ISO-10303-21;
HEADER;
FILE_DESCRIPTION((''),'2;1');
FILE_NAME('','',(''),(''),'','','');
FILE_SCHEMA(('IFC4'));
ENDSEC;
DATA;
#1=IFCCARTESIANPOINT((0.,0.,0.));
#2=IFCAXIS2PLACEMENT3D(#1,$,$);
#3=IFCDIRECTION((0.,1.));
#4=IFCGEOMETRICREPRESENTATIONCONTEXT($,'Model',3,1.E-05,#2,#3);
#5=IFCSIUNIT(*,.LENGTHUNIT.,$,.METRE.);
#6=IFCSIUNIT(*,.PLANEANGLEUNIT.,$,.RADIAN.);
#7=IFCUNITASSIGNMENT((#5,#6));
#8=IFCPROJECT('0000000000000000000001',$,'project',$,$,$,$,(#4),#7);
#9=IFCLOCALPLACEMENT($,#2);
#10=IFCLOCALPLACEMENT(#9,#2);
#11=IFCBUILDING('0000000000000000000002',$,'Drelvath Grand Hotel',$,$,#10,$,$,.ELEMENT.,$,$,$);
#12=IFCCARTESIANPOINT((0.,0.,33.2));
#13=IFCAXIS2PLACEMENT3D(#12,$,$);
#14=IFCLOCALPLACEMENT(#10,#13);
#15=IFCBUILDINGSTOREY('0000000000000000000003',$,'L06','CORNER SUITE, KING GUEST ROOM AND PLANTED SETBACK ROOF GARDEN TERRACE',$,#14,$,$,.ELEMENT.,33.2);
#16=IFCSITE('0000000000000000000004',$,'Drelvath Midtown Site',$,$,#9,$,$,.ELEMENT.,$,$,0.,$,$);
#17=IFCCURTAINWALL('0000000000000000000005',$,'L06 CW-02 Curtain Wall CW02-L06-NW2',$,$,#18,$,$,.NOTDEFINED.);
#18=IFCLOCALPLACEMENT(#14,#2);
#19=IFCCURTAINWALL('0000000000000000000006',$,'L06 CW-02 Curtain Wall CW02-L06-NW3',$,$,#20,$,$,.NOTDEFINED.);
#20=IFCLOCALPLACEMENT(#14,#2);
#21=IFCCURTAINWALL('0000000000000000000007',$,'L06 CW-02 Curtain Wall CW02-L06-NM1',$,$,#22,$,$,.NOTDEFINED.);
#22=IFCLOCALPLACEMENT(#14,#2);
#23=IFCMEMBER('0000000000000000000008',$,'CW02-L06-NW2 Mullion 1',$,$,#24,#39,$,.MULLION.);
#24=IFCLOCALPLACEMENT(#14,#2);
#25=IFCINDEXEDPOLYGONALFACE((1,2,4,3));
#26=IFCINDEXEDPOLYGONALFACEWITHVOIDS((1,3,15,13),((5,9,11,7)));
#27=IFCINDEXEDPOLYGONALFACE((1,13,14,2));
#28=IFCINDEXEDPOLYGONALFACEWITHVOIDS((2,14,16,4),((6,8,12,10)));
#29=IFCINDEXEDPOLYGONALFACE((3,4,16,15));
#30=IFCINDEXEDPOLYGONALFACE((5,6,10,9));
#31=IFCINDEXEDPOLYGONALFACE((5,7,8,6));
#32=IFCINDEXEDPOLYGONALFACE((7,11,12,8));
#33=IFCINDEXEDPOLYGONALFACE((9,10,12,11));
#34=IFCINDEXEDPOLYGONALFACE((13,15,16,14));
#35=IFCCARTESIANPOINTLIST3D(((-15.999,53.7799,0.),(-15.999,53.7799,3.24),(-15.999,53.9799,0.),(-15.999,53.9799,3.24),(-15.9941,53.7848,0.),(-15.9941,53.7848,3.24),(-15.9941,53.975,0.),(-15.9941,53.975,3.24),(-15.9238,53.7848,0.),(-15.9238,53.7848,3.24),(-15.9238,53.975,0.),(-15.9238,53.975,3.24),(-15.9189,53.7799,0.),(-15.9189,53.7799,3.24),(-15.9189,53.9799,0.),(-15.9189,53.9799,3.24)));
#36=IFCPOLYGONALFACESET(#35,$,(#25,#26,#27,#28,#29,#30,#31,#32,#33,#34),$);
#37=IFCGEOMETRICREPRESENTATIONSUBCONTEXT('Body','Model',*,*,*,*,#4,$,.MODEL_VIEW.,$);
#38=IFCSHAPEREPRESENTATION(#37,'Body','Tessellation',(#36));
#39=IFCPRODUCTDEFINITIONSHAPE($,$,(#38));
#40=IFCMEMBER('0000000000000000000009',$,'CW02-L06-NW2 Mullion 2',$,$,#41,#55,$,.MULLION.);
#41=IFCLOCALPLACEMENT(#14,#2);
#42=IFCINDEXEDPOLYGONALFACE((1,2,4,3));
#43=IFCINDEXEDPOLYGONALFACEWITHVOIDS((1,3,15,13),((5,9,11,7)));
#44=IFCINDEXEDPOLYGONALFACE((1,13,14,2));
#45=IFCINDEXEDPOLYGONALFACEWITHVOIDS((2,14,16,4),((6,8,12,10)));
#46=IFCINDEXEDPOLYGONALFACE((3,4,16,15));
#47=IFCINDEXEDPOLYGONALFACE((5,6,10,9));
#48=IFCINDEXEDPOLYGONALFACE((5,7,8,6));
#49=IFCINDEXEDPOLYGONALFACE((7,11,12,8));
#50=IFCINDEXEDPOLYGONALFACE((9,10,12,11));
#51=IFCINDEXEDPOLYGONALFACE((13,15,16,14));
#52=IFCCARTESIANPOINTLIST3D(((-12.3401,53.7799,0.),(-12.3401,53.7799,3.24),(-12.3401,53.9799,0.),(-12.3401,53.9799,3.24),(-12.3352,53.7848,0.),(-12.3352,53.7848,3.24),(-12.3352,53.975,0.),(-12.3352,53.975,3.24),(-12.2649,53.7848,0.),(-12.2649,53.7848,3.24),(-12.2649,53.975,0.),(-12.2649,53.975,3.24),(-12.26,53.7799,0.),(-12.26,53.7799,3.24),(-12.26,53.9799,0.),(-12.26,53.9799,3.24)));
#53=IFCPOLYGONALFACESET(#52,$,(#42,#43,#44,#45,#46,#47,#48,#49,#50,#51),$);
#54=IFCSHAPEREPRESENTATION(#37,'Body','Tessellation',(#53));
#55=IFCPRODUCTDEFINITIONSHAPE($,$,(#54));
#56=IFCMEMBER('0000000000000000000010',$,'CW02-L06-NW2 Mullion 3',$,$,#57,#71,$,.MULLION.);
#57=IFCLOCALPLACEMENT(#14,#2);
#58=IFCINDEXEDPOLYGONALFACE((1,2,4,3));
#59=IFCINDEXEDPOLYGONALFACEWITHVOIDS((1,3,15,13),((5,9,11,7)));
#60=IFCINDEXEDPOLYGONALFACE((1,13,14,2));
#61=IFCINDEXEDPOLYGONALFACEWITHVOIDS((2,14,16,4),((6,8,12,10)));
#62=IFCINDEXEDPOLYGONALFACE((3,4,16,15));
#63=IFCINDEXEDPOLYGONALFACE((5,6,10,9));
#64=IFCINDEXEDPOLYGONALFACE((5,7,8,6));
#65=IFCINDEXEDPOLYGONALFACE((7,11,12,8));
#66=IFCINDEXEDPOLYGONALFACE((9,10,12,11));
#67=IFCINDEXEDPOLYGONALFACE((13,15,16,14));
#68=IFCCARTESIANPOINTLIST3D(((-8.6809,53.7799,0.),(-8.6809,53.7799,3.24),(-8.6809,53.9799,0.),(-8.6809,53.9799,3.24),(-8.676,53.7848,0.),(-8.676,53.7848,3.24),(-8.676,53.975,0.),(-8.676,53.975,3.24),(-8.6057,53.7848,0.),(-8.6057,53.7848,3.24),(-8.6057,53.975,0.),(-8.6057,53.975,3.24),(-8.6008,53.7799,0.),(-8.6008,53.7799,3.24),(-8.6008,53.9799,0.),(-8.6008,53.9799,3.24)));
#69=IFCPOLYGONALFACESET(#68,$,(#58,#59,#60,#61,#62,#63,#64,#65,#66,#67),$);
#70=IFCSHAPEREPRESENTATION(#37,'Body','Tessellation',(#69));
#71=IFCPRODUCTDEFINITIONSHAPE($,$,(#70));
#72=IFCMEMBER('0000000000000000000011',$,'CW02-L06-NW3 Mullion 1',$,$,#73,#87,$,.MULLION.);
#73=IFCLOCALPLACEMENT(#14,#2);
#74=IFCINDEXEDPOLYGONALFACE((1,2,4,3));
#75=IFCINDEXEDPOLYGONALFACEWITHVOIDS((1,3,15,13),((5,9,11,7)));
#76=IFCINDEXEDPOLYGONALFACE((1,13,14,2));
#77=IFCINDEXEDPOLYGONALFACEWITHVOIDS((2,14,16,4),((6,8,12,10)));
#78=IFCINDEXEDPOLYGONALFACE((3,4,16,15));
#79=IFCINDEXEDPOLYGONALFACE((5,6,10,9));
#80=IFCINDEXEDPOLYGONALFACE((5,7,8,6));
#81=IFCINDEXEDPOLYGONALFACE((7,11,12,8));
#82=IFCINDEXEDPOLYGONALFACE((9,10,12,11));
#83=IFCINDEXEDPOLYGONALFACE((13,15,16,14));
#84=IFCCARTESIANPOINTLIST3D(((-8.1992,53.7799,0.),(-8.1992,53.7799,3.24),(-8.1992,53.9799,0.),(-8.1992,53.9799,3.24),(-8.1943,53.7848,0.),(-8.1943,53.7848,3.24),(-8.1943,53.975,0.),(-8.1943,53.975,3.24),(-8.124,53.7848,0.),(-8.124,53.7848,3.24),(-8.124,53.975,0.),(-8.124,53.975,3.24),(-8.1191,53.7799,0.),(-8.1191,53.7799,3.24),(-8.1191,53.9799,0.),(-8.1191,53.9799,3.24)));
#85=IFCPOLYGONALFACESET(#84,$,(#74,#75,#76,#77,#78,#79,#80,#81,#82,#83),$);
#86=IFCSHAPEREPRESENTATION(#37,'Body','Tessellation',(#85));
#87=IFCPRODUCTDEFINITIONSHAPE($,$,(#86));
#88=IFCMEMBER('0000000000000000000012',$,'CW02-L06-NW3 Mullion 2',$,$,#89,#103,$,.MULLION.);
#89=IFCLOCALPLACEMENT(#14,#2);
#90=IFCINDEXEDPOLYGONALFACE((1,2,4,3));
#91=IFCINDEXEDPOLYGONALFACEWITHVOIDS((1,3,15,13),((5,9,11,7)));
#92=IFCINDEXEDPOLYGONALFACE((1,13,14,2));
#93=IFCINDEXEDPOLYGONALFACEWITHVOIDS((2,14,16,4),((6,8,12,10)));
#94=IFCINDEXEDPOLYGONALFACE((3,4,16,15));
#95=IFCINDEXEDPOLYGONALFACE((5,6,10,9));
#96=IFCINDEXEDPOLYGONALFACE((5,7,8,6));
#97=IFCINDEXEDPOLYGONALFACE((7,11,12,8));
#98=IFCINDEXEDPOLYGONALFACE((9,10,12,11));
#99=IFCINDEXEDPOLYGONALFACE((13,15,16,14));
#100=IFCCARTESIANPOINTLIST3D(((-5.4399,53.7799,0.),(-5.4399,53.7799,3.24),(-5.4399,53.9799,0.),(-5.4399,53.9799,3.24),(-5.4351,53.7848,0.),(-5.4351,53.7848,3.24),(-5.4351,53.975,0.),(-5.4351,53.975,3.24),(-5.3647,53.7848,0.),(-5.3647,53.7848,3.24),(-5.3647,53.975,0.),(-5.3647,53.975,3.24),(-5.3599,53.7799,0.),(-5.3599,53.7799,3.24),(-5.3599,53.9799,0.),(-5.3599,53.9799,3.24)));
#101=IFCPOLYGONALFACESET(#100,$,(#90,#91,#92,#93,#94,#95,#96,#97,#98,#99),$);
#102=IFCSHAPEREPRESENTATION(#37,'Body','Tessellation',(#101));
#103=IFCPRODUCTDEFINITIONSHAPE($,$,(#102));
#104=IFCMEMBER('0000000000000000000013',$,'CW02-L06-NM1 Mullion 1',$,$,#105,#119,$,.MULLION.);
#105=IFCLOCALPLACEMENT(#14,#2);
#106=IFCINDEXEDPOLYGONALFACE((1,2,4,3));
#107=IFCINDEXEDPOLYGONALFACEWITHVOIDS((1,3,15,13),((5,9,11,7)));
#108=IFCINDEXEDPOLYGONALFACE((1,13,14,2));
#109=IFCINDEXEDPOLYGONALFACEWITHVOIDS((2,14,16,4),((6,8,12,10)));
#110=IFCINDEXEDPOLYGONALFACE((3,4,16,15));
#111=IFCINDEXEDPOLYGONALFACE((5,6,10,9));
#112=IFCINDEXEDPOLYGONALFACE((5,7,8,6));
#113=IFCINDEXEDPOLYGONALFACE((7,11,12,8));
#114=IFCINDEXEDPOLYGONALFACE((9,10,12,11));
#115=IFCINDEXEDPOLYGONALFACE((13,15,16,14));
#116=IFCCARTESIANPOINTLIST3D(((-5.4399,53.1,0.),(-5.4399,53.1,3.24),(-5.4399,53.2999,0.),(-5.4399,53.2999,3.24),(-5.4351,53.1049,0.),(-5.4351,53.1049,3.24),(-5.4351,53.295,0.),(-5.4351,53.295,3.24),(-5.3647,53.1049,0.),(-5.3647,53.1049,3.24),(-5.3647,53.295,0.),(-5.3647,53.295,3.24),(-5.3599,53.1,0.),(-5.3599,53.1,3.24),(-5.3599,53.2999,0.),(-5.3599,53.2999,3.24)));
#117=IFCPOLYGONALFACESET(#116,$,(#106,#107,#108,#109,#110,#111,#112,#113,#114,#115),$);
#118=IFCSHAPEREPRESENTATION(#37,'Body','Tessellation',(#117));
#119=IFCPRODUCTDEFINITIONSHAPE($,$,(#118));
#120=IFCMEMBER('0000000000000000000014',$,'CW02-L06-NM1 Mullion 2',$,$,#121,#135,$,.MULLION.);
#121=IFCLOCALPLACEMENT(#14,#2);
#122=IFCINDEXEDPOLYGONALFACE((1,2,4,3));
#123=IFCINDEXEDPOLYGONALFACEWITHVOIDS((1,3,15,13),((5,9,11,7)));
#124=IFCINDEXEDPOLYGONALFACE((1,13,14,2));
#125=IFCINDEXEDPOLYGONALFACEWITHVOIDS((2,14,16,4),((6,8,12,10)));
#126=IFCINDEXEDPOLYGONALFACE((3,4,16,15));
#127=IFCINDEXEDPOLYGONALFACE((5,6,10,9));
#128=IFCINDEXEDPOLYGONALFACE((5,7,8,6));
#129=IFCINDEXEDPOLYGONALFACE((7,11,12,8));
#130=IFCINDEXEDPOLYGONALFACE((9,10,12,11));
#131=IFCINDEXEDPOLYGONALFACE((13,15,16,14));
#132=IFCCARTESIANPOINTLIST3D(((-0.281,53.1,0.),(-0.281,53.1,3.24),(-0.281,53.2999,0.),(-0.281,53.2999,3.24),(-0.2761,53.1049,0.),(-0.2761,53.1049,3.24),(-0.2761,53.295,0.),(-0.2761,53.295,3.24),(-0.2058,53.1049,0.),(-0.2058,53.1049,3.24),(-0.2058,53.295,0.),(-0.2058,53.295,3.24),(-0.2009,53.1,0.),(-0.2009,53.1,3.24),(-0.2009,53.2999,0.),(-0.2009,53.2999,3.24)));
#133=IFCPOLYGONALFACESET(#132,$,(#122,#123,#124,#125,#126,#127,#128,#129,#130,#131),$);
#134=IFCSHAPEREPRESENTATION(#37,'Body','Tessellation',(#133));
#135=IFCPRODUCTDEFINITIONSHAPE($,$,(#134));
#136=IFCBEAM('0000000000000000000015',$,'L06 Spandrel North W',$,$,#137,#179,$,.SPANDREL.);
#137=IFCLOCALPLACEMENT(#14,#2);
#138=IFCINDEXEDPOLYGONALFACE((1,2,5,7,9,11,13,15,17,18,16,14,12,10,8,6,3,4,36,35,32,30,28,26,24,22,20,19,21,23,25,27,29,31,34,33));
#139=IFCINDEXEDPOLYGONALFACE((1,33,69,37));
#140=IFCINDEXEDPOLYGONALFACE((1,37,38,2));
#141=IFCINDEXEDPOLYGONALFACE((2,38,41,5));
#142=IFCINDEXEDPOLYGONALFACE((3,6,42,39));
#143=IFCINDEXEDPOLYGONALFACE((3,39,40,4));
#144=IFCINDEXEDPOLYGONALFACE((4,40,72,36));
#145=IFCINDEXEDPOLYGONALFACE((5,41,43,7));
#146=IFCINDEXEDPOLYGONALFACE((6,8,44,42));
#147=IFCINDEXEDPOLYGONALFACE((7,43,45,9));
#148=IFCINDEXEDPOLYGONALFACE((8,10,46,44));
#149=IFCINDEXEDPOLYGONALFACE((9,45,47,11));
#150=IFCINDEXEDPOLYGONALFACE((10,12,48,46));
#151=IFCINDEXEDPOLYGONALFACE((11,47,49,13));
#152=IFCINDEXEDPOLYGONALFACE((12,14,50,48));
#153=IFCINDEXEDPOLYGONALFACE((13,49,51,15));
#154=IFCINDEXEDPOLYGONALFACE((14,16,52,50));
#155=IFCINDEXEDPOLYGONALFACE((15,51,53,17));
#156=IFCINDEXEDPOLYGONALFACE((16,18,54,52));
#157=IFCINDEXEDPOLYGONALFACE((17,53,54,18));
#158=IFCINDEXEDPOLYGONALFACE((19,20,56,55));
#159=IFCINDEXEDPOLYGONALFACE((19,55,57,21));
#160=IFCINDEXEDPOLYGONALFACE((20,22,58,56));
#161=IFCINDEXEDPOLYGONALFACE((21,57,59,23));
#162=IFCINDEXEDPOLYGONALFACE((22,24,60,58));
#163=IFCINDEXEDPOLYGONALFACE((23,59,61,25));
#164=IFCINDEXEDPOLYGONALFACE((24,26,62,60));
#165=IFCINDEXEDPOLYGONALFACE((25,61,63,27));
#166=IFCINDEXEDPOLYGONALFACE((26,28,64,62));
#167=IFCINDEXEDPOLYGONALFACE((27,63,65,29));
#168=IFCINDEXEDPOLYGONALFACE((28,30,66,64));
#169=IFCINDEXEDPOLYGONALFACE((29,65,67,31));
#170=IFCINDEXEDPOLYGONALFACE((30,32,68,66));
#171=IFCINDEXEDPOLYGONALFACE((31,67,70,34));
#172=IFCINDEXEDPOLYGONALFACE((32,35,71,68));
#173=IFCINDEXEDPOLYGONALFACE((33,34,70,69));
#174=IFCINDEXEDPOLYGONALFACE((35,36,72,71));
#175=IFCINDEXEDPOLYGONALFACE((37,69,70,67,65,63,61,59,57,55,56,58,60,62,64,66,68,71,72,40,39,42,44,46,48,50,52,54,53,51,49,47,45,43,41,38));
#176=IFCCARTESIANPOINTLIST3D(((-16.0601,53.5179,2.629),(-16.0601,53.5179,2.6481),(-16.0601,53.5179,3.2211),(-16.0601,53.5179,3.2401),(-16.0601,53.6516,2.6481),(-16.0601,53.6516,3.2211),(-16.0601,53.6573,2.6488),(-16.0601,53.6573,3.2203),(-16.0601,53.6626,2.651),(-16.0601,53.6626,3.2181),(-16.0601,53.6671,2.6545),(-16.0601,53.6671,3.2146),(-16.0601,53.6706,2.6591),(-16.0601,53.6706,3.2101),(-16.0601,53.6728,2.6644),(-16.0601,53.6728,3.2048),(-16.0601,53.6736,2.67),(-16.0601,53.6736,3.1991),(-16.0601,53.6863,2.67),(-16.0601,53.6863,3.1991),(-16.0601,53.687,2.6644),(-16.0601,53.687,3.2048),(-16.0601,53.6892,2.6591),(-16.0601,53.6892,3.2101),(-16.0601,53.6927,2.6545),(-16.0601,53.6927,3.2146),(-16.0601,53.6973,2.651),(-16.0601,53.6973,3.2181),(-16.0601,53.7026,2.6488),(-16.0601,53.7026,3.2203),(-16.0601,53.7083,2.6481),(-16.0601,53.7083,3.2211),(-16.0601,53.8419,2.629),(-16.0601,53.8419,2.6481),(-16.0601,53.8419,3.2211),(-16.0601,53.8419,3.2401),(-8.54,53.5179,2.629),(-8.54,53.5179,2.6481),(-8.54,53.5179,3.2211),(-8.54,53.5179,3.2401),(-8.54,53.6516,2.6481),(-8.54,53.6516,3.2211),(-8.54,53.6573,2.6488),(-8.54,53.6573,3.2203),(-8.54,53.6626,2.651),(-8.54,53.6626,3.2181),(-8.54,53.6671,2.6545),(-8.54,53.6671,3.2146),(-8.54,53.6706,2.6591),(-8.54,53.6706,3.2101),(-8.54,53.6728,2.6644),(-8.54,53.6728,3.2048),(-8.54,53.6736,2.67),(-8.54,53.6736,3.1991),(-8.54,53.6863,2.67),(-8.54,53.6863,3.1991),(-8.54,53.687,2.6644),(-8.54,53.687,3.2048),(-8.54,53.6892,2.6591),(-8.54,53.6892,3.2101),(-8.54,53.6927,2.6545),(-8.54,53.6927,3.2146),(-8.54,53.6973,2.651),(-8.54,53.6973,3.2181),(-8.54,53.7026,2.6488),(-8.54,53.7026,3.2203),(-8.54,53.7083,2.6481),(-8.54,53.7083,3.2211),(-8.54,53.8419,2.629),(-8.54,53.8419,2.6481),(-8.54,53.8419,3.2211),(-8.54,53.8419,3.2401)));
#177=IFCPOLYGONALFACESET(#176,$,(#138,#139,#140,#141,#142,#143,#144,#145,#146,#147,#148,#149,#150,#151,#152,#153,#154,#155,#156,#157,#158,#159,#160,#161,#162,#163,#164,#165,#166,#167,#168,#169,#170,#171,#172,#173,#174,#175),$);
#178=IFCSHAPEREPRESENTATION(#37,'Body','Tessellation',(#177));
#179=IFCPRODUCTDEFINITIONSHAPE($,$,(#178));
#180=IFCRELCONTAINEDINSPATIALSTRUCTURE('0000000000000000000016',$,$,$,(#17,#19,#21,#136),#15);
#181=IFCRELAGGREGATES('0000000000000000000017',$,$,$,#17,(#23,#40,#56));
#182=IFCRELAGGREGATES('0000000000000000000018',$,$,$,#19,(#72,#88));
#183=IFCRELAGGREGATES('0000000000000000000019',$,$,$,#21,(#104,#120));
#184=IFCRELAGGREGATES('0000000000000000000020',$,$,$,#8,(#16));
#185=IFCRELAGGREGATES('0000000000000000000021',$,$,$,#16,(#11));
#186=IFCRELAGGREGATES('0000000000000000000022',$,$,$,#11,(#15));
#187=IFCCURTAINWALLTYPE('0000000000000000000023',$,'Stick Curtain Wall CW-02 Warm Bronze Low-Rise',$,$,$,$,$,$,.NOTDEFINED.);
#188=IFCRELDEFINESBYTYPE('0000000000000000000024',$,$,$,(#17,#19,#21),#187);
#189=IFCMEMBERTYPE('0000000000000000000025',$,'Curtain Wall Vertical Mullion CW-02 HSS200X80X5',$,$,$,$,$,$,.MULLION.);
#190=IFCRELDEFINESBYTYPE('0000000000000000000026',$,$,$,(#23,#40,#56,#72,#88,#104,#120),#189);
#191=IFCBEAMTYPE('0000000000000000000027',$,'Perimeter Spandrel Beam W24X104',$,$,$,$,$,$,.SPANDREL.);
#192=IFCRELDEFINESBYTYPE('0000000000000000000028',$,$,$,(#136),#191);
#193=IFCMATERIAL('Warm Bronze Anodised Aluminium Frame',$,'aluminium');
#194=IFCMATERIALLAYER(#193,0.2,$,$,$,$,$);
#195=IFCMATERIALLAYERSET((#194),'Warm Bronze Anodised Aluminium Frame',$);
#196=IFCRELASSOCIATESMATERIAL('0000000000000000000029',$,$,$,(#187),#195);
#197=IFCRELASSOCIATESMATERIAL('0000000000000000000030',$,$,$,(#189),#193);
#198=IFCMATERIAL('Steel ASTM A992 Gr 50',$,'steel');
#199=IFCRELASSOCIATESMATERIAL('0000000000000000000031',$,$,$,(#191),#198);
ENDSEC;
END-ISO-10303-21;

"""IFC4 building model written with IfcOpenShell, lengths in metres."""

from ifc_helpers import new_model, si_unit, direction, frame, origin, origin_2d, place, context, subcontext, project, spatial, hollow_rectangle, i_section, extrude, material, layer, layer_set, material_profile, profile_set, type_object, element, aggregate, save


model = new_model("IFC4")

# Units and contexts
model_context = context("Model", 3, precision=1e-05, world=origin(), true_north=direction((0.0, 1.0)))
body_context = subcontext(model_context, "Body", "Model", "MODEL_VIEW")
ifc_project = project(units=[si_unit("LENGTHUNIT", "METRE"), si_unit("PLANEANGLEUNIT", "RADIAN")], contexts=[model_context])

# Site, building, storey
site_placement = place(None, origin())
site = spatial("IfcSite", under=ifc_project, at=site_placement, Name="Drelvath Midtown Site", CompositionType="ELEMENT", RefElevation=0.0)
building_placement = place(site_placement, origin())
building = spatial("IfcBuilding", under=site, at=building_placement, Name="Drelvath Grand Hotel", CompositionType="ELEMENT")
storey_placement = place(building_placement, frame((0.0, 0.0, 33.2)))
storey = spatial("IfcBuildingStorey", under=building, at=storey_placement, Name="L06", Description="CORNER SUITE, KING GUEST ROOM AND PLANTED SETBACK ROOF GARDEN TERRACE", CompositionType="ELEMENT", Elevation=33.2)

# Curtain walls
ifc_material_1 = material(Name="Warm Bronze Anodised Aluminium Frame", Category="aluminium")
ifc_layer_1 = layer(ifc_material_1, 0.2)
ifc_layer_set_1 = layer_set([ifc_layer_1], Name="Warm Bronze Anodised Aluminium Frame")
curtain_wall_type = type_object("IfcCurtainWallType", Name="Stick Curtain Wall CW-02 Warm Bronze Low-Rise", PredefinedType="NOTDEFINED", material=ifc_layer_set_1)
curtain_wall_1_placement = place(storey_placement, origin())
curtain_wall_1 = element("IfcCurtainWall", 1, at=curtain_wall_1_placement, inside=storey, type_object=curtain_wall_type, Name="L06 CW-02 Curtain Wall CW02-L06-NW2", PredefinedType="NOTDEFINED")
curtain_wall_2_placement = place(storey_placement, origin())
curtain_wall_2 = element("IfcCurtainWall", 2, at=curtain_wall_2_placement, inside=storey, type_object=curtain_wall_type, Name="L06 CW-02 Curtain Wall CW02-L06-NW3", PredefinedType="NOTDEFINED")
curtain_wall_3_placement = place(storey_placement, origin())
curtain_wall_3 = element("IfcCurtainWall", 3, at=curtain_wall_3_placement, inside=storey, type_object=curtain_wall_type, Name="L06 CW-02 Curtain Wall CW02-L06-NM1", PredefinedType="NOTDEFINED")

# Members
ifc_material_profile_1 = material_profile(ifc_material_1, hollow_rectangle(XDim=0.0801, YDim=0.2, WallThickness=0.0049, at=origin_2d()), Name="HSS200X80X5")
ifc_profile_set_1 = profile_set([ifc_material_profile_1], Name="Warm Bronze Anodised Aluminium Frame")
member_type_1 = type_object("IfcMemberType", Name="Curtain Wall Vertical Mullion CW-02 HSS200X80X5", PredefinedType="MULLION", material=ifc_profile_set_1)
member_1_placement = place(storey_placement, frame((-15.959, 53.8799, 0.0), z_axis=(0.0, 0.0, 1.0), x_axis=(1.0, 0.0, 0.0)))
member_1 = element("IfcMember", 4, at=member_1_placement, type_object=member_type_1, Name="CW02-L06-NW2 Mullion 1", PredefinedType="MULLION", context=body_context, shape_type="SweptSolid", body=[
    extrude(hollow_rectangle(XDim=0.0801, YDim=0.2, WallThickness=0.0049, at=origin_2d()), origin(), (0.0, 0.0, 1.0), 3.24),
])
member_2_placement = place(storey_placement, frame((-12.3, 53.8799, 0.0), z_axis=(0.0, 0.0, 1.0), x_axis=(1.0, 0.0, 0.0)))
member_2 = element("IfcMember", 5, at=member_2_placement, type_object=member_type_1, Name="CW02-L06-NW2 Mullion 2", PredefinedType="MULLION", context=body_context, shape_type="SweptSolid", body=[
    extrude(hollow_rectangle(XDim=0.0801, YDim=0.2, WallThickness=0.0049, at=origin_2d()), origin(), (0.0, 0.0, 1.0), 3.24),
])
member_3_placement = place(storey_placement, frame((-8.6409, 53.8799, 0.0), z_axis=(0.0, 0.0, 1.0), x_axis=(1.0, 0.0, 0.0)))
member_3 = element("IfcMember", 6, at=member_3_placement, type_object=member_type_1, Name="CW02-L06-NW2 Mullion 3", PredefinedType="MULLION", context=body_context, shape_type="SweptSolid", body=[
    extrude(hollow_rectangle(XDim=0.0801, YDim=0.2, WallThickness=0.0049, at=origin_2d()), origin(), (0.0, 0.0, 1.0), 3.24),
])
member_4_placement = place(storey_placement, frame((-8.1592, 53.8799, 0.0), z_axis=(0.0, 0.0, 1.0), x_axis=(1.0, 0.0, 0.0)))
member_4 = element("IfcMember", 7, at=member_4_placement, type_object=member_type_1, Name="CW02-L06-NW3 Mullion 1", PredefinedType="MULLION", context=body_context, shape_type="SweptSolid", body=[
    extrude(hollow_rectangle(XDim=0.0801, YDim=0.2, WallThickness=0.0049, at=origin_2d()), origin(), (0.0, 0.0, 1.0), 3.24),
])
member_5_placement = place(storey_placement, frame((-5.3999, 53.8799, 0.0), z_axis=(0.0, 0.0, 1.0), x_axis=(1.0, 0.0, 0.0)))
member_5 = element("IfcMember", 8, at=member_5_placement, type_object=member_type_1, Name="CW02-L06-NW3 Mullion 2", PredefinedType="MULLION", context=body_context, shape_type="SweptSolid", body=[
    extrude(hollow_rectangle(XDim=0.0801, YDim=0.2, WallThickness=0.0049, at=origin_2d()), origin(), (0.0, 0.0, 1.0), 3.24),
])
member_6_placement = place(storey_placement, frame((-5.3999, 53.2, 0.0), z_axis=(0.0, 0.0, 1.0), x_axis=(1.0, 0.0, 0.0)))
member_6 = element("IfcMember", 9, at=member_6_placement, type_object=member_type_1, Name="CW02-L06-NM1 Mullion 1", PredefinedType="MULLION", context=body_context, shape_type="SweptSolid", body=[
    extrude(hollow_rectangle(XDim=0.0801, YDim=0.2, WallThickness=0.0049, at=origin_2d()), origin(), (0.0, 0.0, 1.0), 3.24),
])
member_7_placement = place(storey_placement, frame((-0.241, 53.2, 0.0), z_axis=(0.0, 0.0, 1.0), x_axis=(1.0, 0.0, 0.0)))
member_7 = element("IfcMember", 10, at=member_7_placement, type_object=member_type_1, Name="CW02-L06-NM1 Mullion 2", PredefinedType="MULLION", context=body_context, shape_type="SweptSolid", body=[
    extrude(hollow_rectangle(XDim=0.0801, YDim=0.2, WallThickness=0.0049, at=origin_2d()), origin(), (0.0, 0.0, 1.0), 3.24),
])

# Beam
ifc_material_2 = material(Name="Steel ASTM A992 Gr 50", Category="steel")
ifc_material_profile_2 = material_profile(ifc_material_2, i_section(OverallWidth=0.324, OverallDepth=0.6111, WebThickness=0.0127, FlangeThickness=0.019, FilletRadius=0.022, at=origin_2d()), Name="W24X104")
ifc_profile_set_2 = profile_set([ifc_material_profile_2], Name="Steel ASTM A992 Gr 50")
beam_type_1 = type_object("IfcBeamType", Name="Perimeter Spandrel Beam W24X104", PredefinedType="SPANDREL", material=ifc_profile_set_2)
beam_1_placement = place(storey_placement, frame((-16.0601, 53.6799, 2.9346), z_axis=(1.0, 0.0, 0.0), x_axis=(0.0, 1.0, 0.0)))
element("IfcBeam", 11, at=beam_1_placement, inside=storey, type_object=beam_type_1, Name="L06 Spandrel North W", PredefinedType="SPANDREL", context=body_context, shape_type="SweptSolid", body=[
    extrude(i_section(OverallWidth=0.324, OverallDepth=0.6111, WebThickness=0.0127, FlangeThickness=0.019, FilletRadius=0.022, at=origin_2d()), origin(), (0.0, 0.0, 1.0), 7.52),
])

aggregate(curtain_wall_1, [member_1, member_2, member_3])
aggregate(curtain_wall_2, [member_4, member_5])
aggregate(curtain_wall_3, [member_6, member_7])

save(model, "model.ifc")
